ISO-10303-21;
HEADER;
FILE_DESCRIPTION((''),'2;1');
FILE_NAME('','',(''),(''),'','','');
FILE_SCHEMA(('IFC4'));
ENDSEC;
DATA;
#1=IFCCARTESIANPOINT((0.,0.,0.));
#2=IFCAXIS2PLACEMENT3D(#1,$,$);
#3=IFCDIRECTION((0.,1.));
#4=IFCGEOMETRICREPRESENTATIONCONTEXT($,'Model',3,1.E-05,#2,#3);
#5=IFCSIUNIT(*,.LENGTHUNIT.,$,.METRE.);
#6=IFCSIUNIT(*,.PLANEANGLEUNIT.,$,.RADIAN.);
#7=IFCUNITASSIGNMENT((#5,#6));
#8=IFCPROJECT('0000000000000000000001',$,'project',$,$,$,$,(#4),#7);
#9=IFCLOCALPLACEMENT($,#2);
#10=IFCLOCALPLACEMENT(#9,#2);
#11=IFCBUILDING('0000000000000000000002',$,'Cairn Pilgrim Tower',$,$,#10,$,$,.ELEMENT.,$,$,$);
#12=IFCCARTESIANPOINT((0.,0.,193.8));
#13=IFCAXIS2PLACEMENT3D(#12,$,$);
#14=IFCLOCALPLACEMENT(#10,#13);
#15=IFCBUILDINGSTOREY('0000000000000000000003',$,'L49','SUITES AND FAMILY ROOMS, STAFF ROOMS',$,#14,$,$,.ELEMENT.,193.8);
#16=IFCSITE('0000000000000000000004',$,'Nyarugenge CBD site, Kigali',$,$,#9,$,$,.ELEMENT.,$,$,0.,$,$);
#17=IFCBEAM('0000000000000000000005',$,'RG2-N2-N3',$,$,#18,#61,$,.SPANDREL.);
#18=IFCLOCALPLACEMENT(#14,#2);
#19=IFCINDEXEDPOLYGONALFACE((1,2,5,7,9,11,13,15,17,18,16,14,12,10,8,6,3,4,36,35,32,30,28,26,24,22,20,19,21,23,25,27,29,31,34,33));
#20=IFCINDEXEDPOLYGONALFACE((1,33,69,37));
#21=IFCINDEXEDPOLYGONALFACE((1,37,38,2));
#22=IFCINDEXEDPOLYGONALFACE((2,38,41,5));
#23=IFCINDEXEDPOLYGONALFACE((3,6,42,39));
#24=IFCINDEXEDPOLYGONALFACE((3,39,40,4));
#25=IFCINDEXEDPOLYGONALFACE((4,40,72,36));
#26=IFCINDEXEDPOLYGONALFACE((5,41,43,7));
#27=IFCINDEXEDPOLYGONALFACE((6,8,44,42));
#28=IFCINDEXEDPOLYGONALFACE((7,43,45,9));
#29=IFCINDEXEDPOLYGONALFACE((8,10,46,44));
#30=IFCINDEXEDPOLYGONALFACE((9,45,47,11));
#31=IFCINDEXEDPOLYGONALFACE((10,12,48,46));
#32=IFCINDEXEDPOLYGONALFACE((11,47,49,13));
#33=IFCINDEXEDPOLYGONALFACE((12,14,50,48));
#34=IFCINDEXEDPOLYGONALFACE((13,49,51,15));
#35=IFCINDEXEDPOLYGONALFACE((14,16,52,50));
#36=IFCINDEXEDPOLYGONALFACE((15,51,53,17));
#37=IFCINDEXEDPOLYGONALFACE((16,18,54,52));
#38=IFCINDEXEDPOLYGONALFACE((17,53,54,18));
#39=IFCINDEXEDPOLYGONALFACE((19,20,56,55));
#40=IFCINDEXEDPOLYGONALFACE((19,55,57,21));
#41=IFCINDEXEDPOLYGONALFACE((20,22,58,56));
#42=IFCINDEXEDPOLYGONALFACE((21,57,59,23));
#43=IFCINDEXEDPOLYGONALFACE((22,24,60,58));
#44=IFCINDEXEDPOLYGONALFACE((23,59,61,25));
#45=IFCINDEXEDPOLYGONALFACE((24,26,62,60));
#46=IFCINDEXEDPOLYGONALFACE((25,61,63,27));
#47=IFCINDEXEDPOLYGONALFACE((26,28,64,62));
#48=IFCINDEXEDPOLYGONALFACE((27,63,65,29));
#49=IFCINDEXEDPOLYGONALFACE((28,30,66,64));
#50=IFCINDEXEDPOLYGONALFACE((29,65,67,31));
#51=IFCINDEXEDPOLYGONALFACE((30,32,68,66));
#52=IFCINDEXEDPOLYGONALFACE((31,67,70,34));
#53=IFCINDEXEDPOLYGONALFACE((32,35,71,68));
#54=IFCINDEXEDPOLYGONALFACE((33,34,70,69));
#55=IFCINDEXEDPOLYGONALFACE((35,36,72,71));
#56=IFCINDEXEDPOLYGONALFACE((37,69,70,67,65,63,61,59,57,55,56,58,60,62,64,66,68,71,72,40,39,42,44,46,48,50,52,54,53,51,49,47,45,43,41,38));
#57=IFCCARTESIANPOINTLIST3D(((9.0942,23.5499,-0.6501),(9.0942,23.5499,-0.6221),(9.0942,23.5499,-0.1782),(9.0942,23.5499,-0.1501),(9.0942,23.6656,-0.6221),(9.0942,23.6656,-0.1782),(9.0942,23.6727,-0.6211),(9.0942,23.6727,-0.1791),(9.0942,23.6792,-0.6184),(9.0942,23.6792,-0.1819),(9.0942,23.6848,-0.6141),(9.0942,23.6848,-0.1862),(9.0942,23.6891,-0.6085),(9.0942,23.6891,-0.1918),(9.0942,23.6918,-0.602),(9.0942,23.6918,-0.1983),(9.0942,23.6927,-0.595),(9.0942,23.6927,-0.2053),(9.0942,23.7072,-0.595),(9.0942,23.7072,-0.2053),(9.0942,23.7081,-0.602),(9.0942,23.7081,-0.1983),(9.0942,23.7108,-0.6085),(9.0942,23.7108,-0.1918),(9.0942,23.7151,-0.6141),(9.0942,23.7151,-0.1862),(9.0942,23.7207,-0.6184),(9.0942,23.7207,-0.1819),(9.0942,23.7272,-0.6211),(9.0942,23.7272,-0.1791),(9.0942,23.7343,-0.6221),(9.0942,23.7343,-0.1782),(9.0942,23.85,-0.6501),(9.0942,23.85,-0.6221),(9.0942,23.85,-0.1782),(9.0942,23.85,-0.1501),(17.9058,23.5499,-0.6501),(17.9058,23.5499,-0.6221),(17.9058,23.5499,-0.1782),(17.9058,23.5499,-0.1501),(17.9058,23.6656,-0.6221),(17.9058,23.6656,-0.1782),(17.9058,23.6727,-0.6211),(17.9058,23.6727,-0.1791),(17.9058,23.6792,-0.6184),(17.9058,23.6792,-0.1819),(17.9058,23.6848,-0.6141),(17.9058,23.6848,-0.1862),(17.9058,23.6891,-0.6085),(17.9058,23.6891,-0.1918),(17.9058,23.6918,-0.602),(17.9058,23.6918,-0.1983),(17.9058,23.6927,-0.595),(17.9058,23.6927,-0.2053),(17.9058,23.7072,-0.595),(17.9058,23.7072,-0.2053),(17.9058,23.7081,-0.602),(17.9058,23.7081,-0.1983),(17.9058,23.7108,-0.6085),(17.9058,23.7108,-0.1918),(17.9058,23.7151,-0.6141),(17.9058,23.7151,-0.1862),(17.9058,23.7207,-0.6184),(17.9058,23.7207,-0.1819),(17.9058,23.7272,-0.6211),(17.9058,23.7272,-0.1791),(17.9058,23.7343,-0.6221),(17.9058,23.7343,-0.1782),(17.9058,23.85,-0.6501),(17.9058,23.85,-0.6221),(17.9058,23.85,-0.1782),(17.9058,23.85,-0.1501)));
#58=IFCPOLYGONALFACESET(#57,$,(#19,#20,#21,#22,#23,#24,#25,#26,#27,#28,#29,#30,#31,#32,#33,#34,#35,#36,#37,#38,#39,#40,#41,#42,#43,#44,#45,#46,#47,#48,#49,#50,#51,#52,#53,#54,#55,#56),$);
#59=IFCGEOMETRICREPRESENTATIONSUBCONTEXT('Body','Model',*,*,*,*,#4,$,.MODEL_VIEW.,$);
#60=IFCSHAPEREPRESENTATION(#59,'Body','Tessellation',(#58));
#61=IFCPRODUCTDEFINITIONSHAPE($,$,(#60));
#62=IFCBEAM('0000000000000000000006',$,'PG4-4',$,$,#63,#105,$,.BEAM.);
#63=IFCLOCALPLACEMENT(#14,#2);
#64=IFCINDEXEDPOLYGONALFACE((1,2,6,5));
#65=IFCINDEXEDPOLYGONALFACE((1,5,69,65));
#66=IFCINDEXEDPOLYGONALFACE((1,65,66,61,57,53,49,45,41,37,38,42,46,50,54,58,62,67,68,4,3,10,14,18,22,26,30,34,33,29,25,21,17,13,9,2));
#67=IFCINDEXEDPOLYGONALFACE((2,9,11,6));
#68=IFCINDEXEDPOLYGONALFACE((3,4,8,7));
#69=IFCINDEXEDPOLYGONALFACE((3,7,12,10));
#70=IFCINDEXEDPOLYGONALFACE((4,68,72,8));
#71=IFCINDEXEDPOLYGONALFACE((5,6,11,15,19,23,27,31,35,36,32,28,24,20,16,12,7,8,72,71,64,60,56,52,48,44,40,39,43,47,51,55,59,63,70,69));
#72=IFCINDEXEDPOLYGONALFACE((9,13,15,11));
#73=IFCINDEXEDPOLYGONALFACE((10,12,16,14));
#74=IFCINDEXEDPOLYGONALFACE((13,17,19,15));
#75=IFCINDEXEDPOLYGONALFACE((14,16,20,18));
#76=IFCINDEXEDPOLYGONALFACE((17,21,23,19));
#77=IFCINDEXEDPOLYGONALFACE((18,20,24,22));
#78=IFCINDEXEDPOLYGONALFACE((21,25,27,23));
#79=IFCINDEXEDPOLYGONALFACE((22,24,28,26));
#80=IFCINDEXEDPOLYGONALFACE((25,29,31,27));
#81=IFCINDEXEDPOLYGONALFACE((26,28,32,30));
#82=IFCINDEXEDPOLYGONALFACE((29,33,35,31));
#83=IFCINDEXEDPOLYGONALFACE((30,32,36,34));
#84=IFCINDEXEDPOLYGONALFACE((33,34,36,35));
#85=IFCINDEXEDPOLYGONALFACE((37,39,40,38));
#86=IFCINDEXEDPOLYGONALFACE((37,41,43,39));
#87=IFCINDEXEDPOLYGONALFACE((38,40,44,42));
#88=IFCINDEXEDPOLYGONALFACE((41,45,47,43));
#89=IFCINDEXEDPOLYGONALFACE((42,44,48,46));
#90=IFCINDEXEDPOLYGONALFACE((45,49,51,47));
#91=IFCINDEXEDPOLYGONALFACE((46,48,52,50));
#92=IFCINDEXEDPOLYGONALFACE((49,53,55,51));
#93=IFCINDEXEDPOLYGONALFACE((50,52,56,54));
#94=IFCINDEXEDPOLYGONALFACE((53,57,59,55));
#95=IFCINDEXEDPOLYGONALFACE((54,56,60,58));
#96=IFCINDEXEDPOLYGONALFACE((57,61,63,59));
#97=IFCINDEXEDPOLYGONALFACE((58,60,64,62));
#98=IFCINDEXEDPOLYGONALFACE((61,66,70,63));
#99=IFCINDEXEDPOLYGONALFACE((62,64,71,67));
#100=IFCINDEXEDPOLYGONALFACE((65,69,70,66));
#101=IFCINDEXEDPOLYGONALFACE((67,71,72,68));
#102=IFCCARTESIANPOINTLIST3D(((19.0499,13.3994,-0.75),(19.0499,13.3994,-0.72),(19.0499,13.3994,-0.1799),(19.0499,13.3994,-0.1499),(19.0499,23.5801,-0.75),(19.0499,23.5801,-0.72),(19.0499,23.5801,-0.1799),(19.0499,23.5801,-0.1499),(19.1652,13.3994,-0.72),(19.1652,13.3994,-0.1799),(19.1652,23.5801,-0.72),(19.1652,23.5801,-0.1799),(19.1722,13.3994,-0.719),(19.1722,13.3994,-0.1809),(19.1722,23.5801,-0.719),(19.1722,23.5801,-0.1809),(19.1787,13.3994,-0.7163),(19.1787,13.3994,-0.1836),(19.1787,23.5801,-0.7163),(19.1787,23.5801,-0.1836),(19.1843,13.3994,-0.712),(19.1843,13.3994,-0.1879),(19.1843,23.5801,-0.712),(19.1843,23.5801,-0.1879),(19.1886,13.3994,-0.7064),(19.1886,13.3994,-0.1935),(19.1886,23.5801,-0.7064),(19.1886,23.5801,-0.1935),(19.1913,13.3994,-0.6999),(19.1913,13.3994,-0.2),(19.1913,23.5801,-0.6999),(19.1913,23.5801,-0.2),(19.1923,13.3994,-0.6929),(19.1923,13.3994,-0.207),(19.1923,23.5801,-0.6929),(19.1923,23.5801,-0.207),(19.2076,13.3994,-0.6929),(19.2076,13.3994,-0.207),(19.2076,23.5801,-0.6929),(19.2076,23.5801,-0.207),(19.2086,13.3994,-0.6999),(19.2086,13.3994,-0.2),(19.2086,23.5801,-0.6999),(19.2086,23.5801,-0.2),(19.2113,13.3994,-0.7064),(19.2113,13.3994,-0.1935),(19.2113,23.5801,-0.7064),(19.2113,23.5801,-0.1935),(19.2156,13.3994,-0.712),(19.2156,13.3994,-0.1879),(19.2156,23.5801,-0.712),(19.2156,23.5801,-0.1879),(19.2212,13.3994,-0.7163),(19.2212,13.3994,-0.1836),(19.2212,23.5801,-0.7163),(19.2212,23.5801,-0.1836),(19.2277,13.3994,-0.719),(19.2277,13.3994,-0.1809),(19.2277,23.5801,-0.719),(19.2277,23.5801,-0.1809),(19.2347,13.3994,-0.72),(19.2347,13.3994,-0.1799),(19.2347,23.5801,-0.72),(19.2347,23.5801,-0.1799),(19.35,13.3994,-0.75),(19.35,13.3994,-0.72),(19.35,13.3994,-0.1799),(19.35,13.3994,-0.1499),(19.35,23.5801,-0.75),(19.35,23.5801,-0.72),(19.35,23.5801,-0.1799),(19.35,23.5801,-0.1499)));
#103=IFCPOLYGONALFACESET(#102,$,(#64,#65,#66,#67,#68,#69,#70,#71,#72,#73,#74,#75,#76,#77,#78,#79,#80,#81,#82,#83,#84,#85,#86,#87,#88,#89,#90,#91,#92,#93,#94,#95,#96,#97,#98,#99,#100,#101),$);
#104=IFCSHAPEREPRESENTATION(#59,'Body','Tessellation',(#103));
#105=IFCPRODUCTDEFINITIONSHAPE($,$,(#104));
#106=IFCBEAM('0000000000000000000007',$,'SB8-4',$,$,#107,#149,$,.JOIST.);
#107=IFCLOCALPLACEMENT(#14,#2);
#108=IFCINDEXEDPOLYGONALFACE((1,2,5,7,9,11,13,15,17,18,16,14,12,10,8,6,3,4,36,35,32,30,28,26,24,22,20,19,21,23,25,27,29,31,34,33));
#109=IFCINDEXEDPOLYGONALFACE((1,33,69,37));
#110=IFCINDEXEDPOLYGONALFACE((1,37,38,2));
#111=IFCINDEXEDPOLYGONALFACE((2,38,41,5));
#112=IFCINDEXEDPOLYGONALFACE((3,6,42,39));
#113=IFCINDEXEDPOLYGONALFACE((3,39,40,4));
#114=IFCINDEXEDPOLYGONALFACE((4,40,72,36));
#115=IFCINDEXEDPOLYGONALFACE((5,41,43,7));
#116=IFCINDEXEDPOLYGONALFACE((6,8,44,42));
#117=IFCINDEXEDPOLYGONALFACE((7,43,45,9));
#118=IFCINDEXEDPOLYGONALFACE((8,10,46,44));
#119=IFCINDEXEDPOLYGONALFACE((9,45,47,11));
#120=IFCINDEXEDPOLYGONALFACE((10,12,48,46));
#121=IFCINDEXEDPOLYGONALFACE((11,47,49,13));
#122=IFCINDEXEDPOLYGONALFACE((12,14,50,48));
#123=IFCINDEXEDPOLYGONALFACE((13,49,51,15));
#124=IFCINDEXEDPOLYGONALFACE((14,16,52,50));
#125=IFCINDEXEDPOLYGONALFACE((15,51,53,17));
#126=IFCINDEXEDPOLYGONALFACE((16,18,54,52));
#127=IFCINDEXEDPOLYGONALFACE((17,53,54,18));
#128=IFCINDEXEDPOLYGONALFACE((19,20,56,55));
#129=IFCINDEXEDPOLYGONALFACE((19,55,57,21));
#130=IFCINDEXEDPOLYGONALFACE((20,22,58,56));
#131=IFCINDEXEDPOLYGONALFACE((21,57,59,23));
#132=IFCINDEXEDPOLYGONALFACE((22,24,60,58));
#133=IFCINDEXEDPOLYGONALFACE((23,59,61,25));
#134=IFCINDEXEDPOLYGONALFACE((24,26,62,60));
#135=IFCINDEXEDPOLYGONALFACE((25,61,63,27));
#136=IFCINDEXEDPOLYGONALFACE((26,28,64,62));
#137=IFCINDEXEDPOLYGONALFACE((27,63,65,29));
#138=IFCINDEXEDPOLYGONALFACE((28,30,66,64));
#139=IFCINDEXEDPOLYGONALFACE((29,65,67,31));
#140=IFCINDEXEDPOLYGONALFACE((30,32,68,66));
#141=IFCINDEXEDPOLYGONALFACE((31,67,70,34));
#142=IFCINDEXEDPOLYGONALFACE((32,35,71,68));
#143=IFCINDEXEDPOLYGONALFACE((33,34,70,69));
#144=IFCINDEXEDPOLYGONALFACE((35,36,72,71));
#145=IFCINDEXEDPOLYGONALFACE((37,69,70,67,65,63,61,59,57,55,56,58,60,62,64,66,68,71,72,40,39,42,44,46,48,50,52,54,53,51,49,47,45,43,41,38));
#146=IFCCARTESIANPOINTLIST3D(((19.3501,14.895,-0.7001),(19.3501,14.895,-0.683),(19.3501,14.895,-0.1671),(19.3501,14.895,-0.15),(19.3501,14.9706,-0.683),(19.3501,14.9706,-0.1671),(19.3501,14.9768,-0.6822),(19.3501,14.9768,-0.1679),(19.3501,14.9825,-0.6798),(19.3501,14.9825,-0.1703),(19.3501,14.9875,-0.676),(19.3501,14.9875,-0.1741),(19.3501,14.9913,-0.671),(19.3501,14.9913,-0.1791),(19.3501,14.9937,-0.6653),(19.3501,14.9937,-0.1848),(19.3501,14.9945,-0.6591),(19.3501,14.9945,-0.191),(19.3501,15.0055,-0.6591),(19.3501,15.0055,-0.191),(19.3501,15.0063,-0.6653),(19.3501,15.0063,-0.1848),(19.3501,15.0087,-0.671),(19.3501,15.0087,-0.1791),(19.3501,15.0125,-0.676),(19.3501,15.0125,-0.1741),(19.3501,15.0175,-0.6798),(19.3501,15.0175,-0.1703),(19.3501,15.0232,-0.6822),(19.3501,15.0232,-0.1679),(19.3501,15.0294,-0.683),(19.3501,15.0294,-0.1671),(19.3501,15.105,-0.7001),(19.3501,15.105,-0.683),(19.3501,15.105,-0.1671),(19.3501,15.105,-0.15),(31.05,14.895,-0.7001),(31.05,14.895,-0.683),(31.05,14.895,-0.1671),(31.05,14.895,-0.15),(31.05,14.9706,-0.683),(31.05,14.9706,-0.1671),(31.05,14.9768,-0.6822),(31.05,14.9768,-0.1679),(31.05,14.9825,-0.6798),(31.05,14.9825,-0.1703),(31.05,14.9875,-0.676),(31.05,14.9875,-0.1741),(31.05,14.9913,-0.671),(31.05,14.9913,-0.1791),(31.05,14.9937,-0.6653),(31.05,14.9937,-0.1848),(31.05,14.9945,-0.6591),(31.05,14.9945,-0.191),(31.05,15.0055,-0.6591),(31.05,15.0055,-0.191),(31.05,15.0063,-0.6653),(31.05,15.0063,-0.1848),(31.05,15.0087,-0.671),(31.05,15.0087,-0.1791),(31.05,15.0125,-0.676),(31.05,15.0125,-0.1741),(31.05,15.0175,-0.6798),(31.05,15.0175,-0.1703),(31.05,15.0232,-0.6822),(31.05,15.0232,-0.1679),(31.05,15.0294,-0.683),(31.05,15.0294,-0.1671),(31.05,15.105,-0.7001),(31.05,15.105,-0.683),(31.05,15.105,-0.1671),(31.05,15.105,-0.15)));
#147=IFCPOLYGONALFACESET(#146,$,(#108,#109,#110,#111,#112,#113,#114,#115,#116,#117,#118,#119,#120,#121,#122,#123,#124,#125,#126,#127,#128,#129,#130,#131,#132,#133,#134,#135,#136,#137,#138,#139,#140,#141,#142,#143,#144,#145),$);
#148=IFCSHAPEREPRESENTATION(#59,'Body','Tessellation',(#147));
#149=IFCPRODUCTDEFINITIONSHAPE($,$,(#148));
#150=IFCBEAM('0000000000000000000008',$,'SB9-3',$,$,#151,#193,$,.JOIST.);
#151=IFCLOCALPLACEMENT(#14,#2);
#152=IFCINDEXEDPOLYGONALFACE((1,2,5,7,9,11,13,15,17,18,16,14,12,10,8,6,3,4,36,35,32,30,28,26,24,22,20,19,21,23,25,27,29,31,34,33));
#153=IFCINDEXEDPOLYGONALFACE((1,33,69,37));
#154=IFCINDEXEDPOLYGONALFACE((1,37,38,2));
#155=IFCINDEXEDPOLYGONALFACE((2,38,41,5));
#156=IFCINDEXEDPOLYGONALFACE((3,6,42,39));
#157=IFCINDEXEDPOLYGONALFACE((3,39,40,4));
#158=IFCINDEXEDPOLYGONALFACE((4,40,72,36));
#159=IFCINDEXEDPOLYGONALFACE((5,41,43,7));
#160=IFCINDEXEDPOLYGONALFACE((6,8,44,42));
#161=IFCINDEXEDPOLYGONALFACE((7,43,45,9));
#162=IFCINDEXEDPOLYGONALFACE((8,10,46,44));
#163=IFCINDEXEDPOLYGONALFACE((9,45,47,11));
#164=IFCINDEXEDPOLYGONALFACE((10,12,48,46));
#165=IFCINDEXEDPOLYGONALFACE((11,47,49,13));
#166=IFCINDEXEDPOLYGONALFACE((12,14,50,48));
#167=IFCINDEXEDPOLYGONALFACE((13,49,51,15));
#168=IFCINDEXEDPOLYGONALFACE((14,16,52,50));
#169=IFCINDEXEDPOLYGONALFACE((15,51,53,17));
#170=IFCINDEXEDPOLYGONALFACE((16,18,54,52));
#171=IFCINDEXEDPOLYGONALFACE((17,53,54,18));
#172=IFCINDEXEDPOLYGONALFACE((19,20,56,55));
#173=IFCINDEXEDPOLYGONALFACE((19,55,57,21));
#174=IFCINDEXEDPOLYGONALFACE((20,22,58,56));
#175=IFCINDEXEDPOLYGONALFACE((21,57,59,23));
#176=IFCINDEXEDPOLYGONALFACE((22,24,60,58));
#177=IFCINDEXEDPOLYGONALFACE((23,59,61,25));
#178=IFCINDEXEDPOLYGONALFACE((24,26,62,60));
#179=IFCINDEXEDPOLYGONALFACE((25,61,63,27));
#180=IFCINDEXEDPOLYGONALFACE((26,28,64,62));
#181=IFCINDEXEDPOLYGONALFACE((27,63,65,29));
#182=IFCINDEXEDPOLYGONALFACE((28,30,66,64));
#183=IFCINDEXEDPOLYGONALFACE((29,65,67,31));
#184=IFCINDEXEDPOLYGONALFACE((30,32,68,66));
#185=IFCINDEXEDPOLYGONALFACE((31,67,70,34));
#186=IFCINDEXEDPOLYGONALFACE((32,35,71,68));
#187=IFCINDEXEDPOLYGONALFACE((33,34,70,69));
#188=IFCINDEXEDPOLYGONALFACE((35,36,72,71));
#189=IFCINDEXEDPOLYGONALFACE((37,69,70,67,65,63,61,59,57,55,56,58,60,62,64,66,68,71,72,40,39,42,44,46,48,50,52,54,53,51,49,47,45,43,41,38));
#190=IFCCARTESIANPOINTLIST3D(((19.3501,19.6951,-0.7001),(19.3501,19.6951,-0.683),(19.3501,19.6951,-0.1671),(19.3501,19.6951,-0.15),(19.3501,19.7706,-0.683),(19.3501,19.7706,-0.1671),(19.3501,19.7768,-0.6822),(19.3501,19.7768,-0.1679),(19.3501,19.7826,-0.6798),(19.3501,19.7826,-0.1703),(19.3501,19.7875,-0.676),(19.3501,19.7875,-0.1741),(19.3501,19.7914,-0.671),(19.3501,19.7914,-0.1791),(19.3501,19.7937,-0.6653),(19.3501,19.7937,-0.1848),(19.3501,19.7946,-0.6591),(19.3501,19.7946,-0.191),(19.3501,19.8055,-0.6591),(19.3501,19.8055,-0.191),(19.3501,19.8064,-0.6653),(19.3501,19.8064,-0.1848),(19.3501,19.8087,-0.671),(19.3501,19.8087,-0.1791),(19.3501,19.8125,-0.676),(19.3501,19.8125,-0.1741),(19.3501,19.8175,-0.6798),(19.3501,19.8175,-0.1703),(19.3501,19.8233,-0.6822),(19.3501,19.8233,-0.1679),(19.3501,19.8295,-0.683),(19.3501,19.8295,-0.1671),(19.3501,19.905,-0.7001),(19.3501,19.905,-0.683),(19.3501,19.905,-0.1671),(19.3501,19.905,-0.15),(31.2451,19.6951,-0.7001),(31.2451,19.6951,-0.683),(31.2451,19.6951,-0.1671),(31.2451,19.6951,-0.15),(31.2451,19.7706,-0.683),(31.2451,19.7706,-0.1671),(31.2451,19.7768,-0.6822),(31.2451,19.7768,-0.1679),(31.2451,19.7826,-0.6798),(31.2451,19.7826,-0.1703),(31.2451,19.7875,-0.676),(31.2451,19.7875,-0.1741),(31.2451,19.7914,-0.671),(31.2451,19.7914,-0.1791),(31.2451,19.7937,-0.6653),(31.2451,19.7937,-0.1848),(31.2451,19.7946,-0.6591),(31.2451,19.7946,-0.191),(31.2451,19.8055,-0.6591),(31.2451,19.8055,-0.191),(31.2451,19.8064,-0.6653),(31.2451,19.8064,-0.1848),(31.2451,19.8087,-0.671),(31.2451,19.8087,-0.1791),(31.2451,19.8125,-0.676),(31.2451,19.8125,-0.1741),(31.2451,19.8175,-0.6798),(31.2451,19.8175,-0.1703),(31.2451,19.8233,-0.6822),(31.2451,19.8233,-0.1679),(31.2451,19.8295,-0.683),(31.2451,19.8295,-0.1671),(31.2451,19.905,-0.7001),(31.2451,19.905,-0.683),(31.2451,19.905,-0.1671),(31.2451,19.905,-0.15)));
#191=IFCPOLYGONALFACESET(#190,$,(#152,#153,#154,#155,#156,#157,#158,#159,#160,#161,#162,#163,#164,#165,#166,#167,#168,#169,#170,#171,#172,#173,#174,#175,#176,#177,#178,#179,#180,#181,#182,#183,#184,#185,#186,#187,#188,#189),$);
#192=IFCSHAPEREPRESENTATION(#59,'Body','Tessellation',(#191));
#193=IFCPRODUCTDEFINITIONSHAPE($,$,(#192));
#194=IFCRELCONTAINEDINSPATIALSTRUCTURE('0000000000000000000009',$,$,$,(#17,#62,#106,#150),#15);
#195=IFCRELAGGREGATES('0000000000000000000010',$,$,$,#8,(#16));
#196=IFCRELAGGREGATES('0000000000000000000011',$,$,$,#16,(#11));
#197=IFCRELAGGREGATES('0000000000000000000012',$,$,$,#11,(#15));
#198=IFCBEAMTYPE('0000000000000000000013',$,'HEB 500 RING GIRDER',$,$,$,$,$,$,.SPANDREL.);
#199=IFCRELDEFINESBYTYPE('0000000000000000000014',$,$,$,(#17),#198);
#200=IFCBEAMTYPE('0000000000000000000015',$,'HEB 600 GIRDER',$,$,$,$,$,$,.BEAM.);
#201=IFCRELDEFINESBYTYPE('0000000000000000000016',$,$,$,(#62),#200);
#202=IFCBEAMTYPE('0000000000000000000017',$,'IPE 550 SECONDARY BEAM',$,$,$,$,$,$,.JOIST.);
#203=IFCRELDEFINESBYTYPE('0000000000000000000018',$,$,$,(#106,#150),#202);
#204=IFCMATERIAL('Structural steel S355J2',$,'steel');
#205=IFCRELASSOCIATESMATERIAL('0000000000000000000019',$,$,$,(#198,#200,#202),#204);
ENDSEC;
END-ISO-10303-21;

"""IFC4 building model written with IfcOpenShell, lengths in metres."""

from ifc_helpers import new_model, si_unit, direction, frame, origin, origin_2d, place, context, subcontext, project, spatial, i_section, extrude, material, material_profile, profile_set, type_object, element, save


model = new_model("IFC4")

# Units and contexts
model_context = context("Model", 3, precision=1e-05, world=origin(), true_north=direction((0.0, 1.0)))
body_context = subcontext(model_context, "Body", "Model", "MODEL_VIEW")
ifc_project = project(units=[si_unit("LENGTHUNIT", "METRE"), si_unit("PLANEANGLEUNIT", "RADIAN")], contexts=[model_context])

# Site, building, storey
site_placement = place(None, origin())
site = spatial("IfcSite", under=ifc_project, at=site_placement, Name="Nyarugenge CBD site, Kigali", CompositionType="ELEMENT", RefElevation=0.0)
building_placement = place(site_placement, origin())
building = spatial("IfcBuilding", under=site, at=building_placement, Name="Cairn Pilgrim Tower", CompositionType="ELEMENT")
storey_placement = place(building_placement, frame((0.0, 0.0, 193.8)))
storey = spatial("IfcBuildingStorey", under=building, at=storey_placement, Name="L49", Description="SUITES AND FAMILY ROOMS, STAFF ROOMS", CompositionType="ELEMENT", Elevation=193.8)

# Shared definitions
ifc_material_1 = material(Name="Structural steel S355J2", Category="steel")

# Beams
ifc_material_profile_1 = material_profile(ifc_material_1, i_section(OverallWidth=0.3, OverallDepth=0.5, WebThickness=0.0144, FlangeThickness=0.0281, FilletRadius=0.0271, at=origin_2d()), Name="HEB 500")
ifc_profile_set_1 = profile_set([ifc_material_profile_1], Name="Structural steel S355J2")
beam_type_1 = type_object("IfcBeamType", Name="HEB 500 RING GIRDER", PredefinedType="SPANDREL", material=ifc_profile_set_1)
beam_1_placement = place(storey_placement, frame((17.9058, 23.7, -0.4001), z_axis=(-1.0, 0.0, 0.0), x_axis=(0.0, -1.0, 0.0)))
element("IfcBeam", 1, at=beam_1_placement, inside=storey, type_object=beam_type_1, Name="RG2-N2-N3", PredefinedType="SPANDREL", context=body_context, shape_type="SweptSolid", body=[
    extrude(i_section(OverallWidth=0.3, OverallDepth=0.5, WebThickness=0.0144, FlangeThickness=0.0281, FilletRadius=0.0271, at=origin_2d()), origin(), (0.0, 0.0, 1.0), 8.8115),
])
ifc_material_profile_2 = material_profile(ifc_material_1, i_section(OverallWidth=0.3, OverallDepth=0.6001, WebThickness=0.0154, FlangeThickness=0.03, FilletRadius=0.0271, at=origin_2d()), Name="HEB 600")
ifc_profile_set_2 = profile_set([ifc_material_profile_2], Name="Structural steel S355J2")
beam_type_2 = type_object("IfcBeamType", Name="HEB 600 GIRDER", PredefinedType="BEAM", material=ifc_profile_set_2)
beam_2_placement = place(storey_placement, frame((19.2, 13.3994, -0.45), z_axis=(0.0, 1.0, 0.0), x_axis=(-1.0, 0.0, 0.0)))
element("IfcBeam", 2, at=beam_2_placement, inside=storey, type_object=beam_type_2, Name="PG4-4", PredefinedType="BEAM", context=body_context, shape_type="SweptSolid", body=[
    extrude(i_section(OverallWidth=0.3, OverallDepth=0.6001, WebThickness=0.0154, FlangeThickness=0.03, FilletRadius=0.0271, at=origin_2d()), origin(), (0.0, 0.0, 1.0), 10.1807),
])
ifc_material_profile_3 = material_profile(ifc_material_1, i_section(OverallWidth=0.21, OverallDepth=0.55, WebThickness=0.011, FlangeThickness=0.0171, FilletRadius=0.0239, at=origin_2d()), Name="IPE 550")
ifc_profile_set_3 = profile_set([ifc_material_profile_3], Name="Structural steel S355J2")
beam_type_3 = type_object("IfcBeamType", Name="IPE 550 SECONDARY BEAM", PredefinedType="JOIST", material=ifc_profile_set_3)
beam_3_placement = place(storey_placement, frame((19.3501, 15.0, -0.425), z_axis=(1.0, 0.0, 0.0), x_axis=(0.0, 1.0, 0.0)))
element("IfcBeam", 3, at=beam_3_placement, inside=storey, type_object=beam_type_3, Name="SB8-4", PredefinedType="JOIST", context=body_context, shape_type="SweptSolid", body=[
    extrude(i_section(OverallWidth=0.21, OverallDepth=0.55, WebThickness=0.011, FlangeThickness=0.0171, FilletRadius=0.0239, at=origin_2d()), origin(), (0.0, 0.0, 1.0), 11.7),
])
beam_4_placement = place(storey_placement, frame((19.3501, 19.8, -0.425), z_axis=(1.0, 0.0, 0.0), x_axis=(0.0, 1.0, 0.0)))
element("IfcBeam", 4, at=beam_4_placement, inside=storey, type_object=beam_type_3, Name="SB9-3", PredefinedType="JOIST", context=body_context, shape_type="SweptSolid", body=[
    extrude(i_section(OverallWidth=0.21, OverallDepth=0.55, WebThickness=0.011, FlangeThickness=0.0171, FilletRadius=0.0239, at=origin_2d()), origin(), (0.0, 0.0, 1.0), 11.895),
])

save(model, "model.ifc")
